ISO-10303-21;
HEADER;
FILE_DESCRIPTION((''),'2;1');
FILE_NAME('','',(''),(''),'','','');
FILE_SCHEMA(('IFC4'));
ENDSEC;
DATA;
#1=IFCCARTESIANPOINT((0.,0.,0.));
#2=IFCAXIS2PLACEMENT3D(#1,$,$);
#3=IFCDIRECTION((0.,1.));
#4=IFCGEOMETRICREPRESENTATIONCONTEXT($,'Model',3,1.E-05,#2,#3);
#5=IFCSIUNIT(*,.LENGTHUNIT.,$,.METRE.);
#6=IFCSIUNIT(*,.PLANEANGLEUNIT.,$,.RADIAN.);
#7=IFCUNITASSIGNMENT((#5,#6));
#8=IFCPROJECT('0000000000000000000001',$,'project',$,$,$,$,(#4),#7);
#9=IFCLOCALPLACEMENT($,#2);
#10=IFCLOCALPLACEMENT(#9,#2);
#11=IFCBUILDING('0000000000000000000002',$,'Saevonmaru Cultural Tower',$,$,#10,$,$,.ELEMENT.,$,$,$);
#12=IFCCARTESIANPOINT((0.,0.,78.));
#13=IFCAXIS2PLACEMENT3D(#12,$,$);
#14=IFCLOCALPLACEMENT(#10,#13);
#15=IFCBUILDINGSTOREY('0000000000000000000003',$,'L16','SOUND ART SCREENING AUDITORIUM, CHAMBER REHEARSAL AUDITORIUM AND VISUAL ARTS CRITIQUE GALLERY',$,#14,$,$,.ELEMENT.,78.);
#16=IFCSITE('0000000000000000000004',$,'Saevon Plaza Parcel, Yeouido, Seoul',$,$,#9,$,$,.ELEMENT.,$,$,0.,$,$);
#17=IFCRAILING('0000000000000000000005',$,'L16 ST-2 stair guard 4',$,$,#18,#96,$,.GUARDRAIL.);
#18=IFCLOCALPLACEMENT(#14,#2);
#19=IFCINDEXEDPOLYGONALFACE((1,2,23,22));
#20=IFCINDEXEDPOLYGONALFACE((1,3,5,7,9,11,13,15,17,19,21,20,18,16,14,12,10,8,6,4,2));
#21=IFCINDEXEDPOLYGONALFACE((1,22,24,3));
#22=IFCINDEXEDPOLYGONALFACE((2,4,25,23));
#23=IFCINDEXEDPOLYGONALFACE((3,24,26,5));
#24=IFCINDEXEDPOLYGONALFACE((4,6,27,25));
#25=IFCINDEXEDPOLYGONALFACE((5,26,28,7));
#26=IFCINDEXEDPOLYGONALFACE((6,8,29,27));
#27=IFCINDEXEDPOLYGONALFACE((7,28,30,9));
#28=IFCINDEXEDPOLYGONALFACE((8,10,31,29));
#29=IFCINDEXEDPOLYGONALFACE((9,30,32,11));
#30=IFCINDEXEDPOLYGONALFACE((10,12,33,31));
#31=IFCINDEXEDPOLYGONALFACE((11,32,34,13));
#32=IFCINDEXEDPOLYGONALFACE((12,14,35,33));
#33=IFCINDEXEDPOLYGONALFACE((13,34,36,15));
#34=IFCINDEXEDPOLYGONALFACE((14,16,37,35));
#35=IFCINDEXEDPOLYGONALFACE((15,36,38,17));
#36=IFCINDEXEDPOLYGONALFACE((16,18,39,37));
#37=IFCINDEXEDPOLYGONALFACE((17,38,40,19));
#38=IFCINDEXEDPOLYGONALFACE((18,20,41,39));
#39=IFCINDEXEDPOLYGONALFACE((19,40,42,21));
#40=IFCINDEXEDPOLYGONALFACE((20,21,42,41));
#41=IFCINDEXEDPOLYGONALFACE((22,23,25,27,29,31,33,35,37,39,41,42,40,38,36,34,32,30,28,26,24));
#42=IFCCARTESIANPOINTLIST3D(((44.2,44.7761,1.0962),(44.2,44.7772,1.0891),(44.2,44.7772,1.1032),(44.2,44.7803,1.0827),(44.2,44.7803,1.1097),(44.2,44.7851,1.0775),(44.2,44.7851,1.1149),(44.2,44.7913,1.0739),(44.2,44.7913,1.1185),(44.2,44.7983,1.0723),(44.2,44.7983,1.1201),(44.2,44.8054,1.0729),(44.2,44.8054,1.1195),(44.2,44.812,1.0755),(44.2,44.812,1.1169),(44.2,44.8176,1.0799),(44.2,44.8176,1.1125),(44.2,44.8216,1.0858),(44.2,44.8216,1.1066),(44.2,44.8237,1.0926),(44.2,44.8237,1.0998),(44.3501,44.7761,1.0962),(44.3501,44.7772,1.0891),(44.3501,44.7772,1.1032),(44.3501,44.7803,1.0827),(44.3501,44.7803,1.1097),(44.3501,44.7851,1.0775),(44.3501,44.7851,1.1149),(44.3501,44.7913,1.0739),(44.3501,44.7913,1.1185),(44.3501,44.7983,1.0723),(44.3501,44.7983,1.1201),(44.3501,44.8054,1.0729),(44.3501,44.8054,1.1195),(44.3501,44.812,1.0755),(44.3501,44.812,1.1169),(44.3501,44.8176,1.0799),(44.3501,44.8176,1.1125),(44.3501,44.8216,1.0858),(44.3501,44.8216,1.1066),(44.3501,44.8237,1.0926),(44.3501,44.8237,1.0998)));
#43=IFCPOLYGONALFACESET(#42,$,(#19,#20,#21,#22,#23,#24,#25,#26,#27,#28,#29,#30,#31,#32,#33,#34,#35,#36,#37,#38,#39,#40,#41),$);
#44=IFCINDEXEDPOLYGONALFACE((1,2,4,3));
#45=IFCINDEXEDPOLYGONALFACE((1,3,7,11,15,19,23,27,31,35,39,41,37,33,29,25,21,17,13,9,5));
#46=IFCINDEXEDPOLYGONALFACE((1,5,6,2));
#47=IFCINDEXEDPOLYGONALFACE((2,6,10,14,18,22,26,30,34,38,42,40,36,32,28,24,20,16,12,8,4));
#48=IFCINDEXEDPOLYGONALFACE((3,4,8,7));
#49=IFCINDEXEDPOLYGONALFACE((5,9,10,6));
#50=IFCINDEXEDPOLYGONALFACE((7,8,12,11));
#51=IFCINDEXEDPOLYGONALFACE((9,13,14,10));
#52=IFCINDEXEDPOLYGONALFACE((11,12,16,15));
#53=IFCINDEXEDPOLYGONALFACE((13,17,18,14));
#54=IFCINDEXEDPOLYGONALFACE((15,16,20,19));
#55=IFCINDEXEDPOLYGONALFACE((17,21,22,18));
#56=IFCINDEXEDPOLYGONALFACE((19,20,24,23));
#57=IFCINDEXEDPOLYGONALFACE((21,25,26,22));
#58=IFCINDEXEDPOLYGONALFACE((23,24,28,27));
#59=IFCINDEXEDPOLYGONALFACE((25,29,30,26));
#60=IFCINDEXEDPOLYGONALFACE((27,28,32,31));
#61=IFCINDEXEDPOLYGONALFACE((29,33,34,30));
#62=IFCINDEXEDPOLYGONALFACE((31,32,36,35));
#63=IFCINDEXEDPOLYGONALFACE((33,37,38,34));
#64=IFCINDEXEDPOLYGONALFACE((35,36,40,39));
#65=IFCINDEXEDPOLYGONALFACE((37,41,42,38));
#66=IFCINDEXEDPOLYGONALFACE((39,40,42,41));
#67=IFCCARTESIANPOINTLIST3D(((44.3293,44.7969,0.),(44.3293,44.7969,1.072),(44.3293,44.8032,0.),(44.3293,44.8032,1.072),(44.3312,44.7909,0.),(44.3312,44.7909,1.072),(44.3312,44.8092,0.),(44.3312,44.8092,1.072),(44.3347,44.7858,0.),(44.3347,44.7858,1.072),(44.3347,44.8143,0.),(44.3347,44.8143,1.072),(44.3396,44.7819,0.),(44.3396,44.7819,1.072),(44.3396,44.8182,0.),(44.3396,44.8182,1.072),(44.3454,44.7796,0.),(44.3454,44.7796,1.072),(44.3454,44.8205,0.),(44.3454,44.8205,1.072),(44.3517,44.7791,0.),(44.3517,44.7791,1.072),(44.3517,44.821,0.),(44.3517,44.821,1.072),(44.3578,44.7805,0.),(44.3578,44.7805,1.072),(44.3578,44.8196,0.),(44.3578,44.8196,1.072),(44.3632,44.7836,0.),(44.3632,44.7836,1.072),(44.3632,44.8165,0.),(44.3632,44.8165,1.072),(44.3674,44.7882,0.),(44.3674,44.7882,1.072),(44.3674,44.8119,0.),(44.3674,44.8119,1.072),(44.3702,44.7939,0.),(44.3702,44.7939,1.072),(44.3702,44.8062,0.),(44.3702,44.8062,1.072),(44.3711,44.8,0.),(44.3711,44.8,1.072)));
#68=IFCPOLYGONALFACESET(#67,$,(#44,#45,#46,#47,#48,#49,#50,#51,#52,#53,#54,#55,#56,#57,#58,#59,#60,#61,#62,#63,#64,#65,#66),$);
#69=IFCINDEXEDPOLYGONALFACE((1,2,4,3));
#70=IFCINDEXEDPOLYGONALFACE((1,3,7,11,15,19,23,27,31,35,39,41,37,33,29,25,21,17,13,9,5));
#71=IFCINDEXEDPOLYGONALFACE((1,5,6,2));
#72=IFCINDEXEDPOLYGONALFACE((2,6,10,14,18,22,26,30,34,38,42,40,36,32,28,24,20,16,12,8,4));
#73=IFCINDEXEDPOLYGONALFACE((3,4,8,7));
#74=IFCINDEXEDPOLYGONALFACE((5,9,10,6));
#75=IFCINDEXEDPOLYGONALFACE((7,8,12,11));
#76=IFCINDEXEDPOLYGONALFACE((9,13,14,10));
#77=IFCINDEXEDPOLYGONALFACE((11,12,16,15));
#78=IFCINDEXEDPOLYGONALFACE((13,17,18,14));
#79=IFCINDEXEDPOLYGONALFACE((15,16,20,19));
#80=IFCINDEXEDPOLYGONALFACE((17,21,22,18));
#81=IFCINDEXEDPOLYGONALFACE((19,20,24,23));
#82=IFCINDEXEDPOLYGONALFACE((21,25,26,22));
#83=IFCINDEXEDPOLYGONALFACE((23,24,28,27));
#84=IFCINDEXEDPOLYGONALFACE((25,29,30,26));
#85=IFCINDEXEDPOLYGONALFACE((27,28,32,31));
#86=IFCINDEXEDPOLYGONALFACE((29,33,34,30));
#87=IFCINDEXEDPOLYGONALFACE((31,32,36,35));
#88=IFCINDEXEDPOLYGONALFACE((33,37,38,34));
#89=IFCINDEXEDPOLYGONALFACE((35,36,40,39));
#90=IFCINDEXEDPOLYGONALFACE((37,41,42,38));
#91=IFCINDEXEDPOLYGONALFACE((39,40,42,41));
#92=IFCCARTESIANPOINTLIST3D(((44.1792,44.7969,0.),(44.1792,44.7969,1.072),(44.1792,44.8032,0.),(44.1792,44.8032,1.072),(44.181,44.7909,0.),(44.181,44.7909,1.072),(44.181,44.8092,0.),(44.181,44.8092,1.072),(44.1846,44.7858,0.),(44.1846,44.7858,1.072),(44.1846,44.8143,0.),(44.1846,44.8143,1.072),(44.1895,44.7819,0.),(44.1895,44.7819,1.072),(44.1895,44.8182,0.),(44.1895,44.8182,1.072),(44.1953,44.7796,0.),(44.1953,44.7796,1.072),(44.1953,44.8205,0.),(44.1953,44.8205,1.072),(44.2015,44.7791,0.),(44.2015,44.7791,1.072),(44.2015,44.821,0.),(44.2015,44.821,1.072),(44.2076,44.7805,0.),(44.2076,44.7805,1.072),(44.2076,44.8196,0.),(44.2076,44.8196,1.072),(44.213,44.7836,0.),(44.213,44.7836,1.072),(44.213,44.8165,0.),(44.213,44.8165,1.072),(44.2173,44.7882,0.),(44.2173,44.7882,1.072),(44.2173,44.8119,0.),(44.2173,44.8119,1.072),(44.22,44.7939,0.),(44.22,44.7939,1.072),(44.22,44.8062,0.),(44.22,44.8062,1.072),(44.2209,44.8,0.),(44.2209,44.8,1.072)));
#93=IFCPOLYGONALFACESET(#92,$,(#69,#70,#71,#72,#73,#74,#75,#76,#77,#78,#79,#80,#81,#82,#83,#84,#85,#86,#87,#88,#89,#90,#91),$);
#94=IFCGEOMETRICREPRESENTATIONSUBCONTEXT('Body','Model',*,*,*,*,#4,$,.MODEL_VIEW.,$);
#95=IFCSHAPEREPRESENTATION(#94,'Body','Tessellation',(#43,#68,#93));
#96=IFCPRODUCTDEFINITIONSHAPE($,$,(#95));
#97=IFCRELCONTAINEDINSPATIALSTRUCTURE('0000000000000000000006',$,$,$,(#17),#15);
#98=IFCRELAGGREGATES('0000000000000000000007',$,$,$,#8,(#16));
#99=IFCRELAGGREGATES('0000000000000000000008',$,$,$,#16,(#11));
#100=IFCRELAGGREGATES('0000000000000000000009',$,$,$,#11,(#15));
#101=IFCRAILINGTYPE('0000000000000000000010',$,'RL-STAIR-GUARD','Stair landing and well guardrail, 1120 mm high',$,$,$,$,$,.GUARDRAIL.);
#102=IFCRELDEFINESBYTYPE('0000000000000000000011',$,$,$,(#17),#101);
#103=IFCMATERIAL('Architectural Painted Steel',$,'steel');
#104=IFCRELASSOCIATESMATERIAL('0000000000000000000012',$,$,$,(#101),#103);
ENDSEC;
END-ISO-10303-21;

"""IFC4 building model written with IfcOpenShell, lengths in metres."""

from ifc_helpers import new_model, si_unit, direction, frame, origin, origin_2d, place, context, subcontext, project, spatial, circle, extrude, material, type_object, element, save


model = new_model("IFC4")

# Units and contexts
model_context = context("Model", 3, precision=1e-05, world=origin(), true_north=direction((0.0, 1.0)))
body_context = subcontext(model_context, "Body", "Model", "MODEL_VIEW")
ifc_project = project(units=[si_unit("LENGTHUNIT", "METRE"), si_unit("PLANEANGLEUNIT", "RADIAN")], contexts=[model_context])

# Site, building, storey
site_placement = place(None, origin())
site = spatial("IfcSite", under=ifc_project, at=site_placement, Name="Saevon Plaza Parcel, Yeouido, Seoul", CompositionType="ELEMENT", RefElevation=0.0)
building_placement = place(site_placement, origin())
building = spatial("IfcBuilding", under=site, at=building_placement, Name="Saevonmaru Cultural Tower", CompositionType="ELEMENT")
storey_placement = place(building_placement, frame((0.0, 0.0, 78.0)))
storey = spatial("IfcBuildingStorey", under=building, at=storey_placement, Name="L16", Description="SOUND ART SCREENING AUDITORIUM, CHAMBER REHEARSAL AUDITORIUM AND VISUAL ARTS CRITIQUE GALLERY", CompositionType="ELEMENT", Elevation=78.0)

# Railing
ifc_material_1 = material(Name="Architectural Painted Steel", Category="steel")
railing_type_1 = type_object("IfcRailingType", Name="RL-STAIR-GUARD", Description="Stair landing and well guardrail, 1120 mm high", PredefinedType="GUARDRAIL", material=ifc_material_1)
railing_1_placement = place(storey_placement, frame((44.3501, 44.8, 0.0)))
element("IfcRailing", 1, at=railing_1_placement, inside=storey, type_object=railing_type_1, Name="L16 ST-2 stair guard 4", PredefinedType="GUARDRAIL", context=body_context, shape_type="SweptSolid", body=[
    extrude(circle(Radius=0.0239, at=origin_2d()), frame((0.0, 0.0, 1.0962), z_axis=(-1.0, 0.0, 0.0), x_axis=(0.0, -1.0, 0.0)), (0.0, 0.0, 1.0), 0.1501),
    extrude(circle(Radius=0.021, at=origin_2d()), origin(), (0.0, 0.0, 1.0), 1.072),
    extrude(circle(Radius=0.021, at=origin_2d()), frame((-0.1501, 0.0, 0.0)), (0.0, 0.0, 1.0), 1.072),
])

save(model, "model.ifc")
